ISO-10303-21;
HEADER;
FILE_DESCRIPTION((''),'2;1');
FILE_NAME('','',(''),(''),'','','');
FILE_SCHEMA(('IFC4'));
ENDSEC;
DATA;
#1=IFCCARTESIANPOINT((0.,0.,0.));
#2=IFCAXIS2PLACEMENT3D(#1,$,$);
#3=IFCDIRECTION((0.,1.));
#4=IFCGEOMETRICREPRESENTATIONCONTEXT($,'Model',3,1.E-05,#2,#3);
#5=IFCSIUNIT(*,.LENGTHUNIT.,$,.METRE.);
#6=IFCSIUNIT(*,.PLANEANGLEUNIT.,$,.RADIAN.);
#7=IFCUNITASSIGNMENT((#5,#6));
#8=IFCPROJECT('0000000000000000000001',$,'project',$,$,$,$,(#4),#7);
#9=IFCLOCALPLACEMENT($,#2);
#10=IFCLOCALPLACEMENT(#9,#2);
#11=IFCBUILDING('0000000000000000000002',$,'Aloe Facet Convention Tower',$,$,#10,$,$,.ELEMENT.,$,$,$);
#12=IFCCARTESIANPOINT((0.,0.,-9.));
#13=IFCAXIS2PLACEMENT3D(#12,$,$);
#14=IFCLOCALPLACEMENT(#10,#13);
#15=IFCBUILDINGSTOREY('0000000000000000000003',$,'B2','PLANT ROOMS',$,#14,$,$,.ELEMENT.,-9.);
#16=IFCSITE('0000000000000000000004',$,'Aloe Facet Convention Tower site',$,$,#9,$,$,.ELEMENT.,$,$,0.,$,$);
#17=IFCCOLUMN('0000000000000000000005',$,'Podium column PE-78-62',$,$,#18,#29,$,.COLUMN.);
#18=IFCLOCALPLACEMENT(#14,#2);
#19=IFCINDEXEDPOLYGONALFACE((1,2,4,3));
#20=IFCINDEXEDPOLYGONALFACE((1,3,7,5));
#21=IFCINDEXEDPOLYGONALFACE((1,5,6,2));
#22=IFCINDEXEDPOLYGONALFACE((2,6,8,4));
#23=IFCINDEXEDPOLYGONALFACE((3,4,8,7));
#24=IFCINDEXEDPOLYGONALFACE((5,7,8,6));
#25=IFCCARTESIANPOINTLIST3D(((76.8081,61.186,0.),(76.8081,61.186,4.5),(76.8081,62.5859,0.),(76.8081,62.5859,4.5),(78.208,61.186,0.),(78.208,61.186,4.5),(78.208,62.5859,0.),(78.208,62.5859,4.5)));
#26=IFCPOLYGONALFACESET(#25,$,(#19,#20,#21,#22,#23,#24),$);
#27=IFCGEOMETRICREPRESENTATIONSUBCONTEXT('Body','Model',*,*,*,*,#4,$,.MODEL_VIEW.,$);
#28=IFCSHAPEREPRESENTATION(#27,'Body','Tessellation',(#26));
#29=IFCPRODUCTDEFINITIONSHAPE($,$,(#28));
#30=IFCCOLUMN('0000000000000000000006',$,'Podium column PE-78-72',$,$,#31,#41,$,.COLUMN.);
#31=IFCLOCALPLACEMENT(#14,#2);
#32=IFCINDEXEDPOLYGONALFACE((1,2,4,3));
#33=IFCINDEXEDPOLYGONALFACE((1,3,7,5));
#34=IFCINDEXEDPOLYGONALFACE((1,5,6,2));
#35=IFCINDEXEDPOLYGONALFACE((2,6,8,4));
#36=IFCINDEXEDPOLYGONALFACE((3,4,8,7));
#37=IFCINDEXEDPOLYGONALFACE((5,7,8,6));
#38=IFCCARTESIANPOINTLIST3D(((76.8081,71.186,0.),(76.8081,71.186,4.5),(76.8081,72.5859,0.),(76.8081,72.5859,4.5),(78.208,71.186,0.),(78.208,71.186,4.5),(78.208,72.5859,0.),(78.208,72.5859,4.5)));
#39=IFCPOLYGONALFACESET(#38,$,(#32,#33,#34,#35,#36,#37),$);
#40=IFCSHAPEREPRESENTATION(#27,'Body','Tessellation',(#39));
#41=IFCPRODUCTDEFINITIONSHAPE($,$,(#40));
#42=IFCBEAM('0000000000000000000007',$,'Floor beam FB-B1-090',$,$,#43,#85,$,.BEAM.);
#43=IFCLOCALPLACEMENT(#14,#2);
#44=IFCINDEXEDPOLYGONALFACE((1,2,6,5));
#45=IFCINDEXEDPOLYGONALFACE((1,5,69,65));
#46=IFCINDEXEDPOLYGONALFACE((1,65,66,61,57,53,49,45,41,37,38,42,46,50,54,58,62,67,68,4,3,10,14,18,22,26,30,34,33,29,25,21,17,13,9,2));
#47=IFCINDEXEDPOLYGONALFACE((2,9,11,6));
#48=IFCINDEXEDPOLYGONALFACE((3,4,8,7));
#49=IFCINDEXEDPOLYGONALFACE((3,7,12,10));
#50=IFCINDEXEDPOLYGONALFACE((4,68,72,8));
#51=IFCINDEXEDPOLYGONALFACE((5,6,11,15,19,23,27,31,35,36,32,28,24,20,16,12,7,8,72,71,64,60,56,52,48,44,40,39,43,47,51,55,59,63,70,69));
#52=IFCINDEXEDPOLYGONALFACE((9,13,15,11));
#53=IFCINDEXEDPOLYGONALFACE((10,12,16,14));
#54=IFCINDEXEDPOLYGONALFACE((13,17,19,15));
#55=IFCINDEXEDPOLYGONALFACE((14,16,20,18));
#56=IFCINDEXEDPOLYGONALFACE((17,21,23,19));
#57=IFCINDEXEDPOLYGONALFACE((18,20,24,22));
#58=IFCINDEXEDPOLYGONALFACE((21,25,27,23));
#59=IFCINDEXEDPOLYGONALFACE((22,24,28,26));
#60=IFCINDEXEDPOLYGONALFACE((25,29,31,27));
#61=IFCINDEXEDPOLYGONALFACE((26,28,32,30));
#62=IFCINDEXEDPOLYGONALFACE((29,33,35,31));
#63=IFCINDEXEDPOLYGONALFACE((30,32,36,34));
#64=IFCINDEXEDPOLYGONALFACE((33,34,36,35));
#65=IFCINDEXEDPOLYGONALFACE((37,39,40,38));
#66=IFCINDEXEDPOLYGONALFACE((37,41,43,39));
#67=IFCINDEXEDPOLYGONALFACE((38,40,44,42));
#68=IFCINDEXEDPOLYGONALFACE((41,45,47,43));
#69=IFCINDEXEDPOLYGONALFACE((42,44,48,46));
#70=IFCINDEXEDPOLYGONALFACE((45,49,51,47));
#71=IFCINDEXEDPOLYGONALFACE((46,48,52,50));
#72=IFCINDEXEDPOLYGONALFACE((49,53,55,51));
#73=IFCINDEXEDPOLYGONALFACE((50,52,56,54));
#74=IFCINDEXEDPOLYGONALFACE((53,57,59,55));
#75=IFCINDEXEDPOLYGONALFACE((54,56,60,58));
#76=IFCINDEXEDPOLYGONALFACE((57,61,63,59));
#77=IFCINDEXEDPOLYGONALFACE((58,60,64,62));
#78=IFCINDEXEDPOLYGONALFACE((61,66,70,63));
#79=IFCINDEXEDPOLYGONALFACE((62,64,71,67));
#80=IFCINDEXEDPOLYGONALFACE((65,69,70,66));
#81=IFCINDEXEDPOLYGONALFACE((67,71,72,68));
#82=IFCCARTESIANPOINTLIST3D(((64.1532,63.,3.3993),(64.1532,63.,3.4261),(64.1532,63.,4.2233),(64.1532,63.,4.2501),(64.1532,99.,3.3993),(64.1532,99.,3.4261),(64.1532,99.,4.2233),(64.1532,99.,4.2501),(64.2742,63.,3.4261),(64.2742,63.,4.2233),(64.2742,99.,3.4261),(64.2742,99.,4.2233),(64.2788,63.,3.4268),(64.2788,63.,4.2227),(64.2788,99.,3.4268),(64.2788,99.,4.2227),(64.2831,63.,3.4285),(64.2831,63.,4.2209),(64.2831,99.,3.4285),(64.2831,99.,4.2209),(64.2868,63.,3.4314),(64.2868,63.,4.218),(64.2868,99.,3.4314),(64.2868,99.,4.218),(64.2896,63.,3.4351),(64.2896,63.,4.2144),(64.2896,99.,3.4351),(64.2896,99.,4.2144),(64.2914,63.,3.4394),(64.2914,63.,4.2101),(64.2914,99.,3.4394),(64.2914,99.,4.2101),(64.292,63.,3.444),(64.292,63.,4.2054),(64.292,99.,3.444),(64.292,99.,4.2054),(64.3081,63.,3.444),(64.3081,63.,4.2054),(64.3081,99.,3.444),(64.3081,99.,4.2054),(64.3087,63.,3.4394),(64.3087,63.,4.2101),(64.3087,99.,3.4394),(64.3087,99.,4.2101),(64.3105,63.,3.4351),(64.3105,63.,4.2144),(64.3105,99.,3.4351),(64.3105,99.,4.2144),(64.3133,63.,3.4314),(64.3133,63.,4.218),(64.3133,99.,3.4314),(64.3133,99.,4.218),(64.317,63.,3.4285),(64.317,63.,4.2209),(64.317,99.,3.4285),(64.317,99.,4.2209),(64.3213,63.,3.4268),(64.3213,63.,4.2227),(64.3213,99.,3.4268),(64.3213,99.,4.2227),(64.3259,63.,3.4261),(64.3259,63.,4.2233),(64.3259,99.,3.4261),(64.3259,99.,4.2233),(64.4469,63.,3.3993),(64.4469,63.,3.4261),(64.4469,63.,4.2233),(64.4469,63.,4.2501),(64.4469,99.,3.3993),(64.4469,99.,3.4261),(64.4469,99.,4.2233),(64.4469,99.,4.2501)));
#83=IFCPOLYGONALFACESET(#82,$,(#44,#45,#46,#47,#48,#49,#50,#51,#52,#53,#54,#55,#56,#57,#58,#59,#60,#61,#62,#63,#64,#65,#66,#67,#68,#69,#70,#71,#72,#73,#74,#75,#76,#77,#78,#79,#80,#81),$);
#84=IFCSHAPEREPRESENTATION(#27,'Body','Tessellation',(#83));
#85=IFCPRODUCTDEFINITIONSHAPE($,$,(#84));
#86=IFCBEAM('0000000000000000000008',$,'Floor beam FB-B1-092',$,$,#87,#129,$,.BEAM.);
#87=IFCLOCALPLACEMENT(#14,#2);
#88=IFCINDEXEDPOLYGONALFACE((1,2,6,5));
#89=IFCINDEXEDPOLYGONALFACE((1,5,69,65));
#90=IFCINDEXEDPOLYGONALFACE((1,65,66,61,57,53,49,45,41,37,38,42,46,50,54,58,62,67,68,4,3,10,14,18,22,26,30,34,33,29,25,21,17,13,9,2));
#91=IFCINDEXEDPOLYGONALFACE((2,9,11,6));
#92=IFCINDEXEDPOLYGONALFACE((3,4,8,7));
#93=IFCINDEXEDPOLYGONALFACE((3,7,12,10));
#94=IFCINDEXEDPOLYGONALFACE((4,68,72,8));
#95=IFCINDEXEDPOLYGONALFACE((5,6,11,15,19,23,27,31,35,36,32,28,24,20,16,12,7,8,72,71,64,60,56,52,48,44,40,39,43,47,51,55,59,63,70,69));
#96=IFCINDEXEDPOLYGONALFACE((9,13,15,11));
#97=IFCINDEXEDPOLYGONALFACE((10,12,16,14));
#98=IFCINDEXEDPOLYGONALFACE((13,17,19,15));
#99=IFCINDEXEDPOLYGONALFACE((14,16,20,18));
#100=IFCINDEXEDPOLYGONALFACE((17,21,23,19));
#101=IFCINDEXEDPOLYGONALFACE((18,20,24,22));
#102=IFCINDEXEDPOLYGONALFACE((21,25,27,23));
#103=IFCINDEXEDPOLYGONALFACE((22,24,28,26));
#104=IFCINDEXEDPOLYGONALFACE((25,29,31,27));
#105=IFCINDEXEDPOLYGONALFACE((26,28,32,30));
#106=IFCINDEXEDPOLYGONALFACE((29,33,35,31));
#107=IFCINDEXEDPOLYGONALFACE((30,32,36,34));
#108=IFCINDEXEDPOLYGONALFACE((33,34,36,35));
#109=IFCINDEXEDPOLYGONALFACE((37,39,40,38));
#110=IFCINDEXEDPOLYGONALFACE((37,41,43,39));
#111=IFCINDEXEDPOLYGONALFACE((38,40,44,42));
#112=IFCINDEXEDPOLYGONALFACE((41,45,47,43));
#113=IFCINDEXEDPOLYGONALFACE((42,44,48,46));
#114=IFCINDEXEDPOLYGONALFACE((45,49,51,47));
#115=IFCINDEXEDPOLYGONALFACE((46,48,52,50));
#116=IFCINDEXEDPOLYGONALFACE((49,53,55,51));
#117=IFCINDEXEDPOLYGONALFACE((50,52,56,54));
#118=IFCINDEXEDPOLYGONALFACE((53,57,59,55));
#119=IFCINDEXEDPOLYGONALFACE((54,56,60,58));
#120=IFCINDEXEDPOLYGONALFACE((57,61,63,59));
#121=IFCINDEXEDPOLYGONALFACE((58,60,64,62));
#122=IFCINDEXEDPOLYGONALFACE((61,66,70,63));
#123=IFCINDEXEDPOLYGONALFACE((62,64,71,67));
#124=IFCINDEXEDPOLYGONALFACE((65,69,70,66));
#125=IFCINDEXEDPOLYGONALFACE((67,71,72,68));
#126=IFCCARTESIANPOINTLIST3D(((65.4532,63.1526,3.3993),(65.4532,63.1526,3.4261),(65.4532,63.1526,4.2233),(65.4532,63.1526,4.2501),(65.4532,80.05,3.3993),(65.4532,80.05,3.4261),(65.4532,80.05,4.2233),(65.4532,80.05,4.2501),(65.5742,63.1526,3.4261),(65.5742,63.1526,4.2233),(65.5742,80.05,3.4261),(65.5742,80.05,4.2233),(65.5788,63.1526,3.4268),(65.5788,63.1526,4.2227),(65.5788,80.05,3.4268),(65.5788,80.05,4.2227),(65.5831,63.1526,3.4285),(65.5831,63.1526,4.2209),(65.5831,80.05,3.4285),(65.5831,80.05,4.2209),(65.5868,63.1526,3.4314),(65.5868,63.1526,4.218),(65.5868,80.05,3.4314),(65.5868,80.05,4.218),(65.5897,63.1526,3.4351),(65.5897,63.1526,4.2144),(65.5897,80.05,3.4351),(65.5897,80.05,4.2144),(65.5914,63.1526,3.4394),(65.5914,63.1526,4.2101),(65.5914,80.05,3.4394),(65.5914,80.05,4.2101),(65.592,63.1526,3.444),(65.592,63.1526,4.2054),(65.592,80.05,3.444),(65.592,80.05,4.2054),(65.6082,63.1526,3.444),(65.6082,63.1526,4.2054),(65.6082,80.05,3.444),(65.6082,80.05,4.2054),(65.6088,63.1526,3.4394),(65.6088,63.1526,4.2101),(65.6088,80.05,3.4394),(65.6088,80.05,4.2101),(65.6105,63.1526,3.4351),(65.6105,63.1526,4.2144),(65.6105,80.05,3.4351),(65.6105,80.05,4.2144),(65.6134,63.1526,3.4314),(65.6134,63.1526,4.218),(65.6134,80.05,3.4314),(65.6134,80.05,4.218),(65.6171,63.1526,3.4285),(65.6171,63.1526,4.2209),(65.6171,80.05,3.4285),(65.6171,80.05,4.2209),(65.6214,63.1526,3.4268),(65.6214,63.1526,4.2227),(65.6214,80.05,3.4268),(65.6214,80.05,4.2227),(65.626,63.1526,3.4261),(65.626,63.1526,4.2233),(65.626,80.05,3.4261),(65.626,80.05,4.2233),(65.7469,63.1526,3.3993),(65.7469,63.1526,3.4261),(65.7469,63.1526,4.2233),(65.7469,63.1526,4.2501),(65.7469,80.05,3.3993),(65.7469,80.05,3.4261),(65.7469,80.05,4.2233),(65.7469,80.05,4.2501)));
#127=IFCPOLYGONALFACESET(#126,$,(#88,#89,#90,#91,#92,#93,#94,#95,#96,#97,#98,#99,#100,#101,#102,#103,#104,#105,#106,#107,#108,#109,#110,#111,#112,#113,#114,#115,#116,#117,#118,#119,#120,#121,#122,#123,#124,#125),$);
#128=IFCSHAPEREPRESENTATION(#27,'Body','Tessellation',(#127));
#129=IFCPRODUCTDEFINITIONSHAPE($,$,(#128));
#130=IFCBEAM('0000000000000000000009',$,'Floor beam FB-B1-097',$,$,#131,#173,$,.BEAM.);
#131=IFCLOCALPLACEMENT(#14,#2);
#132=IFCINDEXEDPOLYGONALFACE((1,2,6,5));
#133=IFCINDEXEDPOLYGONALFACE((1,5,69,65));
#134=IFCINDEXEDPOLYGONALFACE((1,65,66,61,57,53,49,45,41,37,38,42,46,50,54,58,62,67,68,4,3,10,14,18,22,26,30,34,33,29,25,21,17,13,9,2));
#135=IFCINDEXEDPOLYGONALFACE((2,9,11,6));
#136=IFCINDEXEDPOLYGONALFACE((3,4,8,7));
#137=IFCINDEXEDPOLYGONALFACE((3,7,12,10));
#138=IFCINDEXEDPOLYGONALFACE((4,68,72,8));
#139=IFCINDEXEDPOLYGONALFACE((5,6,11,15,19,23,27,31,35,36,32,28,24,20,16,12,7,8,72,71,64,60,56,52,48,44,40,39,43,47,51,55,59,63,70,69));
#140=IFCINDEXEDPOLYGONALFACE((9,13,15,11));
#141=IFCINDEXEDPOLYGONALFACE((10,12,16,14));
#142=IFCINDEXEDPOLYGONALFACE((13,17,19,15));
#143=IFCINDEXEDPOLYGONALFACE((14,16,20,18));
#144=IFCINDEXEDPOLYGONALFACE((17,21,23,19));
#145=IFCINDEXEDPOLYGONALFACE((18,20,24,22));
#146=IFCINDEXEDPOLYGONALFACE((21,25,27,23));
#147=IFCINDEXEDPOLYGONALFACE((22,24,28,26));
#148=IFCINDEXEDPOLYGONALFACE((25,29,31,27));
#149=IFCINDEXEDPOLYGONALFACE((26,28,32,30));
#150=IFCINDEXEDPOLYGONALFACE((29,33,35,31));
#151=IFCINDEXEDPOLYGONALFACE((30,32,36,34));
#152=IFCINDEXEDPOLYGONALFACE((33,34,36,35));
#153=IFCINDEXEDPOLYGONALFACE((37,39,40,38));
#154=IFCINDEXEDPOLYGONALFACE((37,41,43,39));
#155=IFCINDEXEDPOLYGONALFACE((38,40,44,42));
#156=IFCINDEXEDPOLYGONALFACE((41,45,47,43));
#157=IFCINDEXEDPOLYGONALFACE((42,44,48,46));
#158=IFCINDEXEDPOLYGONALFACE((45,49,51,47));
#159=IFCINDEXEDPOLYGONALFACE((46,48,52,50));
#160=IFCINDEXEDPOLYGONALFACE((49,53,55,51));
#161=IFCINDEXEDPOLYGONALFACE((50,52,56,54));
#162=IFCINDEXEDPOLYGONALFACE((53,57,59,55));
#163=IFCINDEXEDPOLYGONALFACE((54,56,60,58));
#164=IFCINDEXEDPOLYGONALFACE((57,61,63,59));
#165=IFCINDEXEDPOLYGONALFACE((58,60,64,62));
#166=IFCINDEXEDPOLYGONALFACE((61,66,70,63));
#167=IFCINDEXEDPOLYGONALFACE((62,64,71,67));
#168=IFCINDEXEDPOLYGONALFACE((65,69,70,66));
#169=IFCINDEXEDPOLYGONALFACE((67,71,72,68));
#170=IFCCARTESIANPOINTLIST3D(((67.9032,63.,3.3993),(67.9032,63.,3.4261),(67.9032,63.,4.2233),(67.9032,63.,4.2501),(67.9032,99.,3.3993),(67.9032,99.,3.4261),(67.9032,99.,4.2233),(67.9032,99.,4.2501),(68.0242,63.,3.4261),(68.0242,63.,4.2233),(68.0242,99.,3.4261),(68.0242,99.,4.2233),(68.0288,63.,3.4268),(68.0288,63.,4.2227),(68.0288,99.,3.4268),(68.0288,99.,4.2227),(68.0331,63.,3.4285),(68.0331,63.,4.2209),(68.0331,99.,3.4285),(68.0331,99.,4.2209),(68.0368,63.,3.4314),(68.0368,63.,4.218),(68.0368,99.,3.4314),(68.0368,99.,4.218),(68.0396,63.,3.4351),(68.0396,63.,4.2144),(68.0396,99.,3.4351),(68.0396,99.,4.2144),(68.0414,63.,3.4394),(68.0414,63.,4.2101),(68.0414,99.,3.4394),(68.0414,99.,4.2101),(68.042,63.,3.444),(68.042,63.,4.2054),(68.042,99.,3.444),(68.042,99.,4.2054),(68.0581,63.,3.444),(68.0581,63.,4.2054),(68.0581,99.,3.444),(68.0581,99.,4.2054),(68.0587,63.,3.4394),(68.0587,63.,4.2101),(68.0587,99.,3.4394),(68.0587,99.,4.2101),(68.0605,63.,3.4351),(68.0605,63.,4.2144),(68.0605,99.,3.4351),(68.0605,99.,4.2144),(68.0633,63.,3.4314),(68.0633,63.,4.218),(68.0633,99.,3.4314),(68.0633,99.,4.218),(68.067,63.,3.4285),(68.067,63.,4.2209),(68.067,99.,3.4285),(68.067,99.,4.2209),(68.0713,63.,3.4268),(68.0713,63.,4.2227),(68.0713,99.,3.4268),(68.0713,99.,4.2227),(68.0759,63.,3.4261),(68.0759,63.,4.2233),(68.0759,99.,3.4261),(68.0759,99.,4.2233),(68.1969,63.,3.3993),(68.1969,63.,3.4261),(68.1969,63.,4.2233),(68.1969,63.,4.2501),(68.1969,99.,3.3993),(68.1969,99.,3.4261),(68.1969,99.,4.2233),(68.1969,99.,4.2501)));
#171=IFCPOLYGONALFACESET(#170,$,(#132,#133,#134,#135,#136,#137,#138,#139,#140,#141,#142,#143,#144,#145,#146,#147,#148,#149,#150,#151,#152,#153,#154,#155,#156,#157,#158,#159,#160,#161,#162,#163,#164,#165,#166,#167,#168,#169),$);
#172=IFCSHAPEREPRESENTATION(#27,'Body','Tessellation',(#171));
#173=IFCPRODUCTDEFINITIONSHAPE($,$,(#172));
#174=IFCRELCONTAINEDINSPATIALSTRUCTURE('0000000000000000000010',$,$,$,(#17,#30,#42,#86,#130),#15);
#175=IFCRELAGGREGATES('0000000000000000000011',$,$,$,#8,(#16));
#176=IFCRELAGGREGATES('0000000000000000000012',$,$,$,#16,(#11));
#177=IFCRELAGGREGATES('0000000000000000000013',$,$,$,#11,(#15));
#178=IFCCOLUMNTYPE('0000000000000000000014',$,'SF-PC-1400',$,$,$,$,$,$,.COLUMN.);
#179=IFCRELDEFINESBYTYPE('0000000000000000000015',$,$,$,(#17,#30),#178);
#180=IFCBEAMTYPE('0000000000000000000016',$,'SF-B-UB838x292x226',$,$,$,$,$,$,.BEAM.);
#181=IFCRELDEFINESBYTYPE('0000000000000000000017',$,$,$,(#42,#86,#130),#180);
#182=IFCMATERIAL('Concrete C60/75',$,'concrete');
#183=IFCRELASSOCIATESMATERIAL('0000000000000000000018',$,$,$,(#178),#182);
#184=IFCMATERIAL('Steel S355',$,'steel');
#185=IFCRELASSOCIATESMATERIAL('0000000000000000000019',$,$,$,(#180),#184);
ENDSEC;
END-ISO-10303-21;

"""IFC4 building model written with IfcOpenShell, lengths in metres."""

from ifc_helpers import new_model, si_unit, direction, frame, origin, origin_2d, place, context, subcontext, project, spatial, rectangle, i_section, extrude, material, material_profile, profile_set, type_object, element, save


model = new_model("IFC4")

# Units and contexts
model_context = context("Model", 3, precision=1e-05, world=origin(), true_north=direction((0.0, 1.0)))
body_context = subcontext(model_context, "Body", "Model", "MODEL_VIEW")
ifc_project = project(units=[si_unit("LENGTHUNIT", "METRE"), si_unit("PLANEANGLEUNIT", "RADIAN")], contexts=[model_context])

# Site, building, storey
site_placement = place(None, origin())
site = spatial("IfcSite", under=ifc_project, at=site_placement, Name="Aloe Facet Convention Tower site", CompositionType="ELEMENT", RefElevation=0.0)
building_placement = place(site_placement, origin())
building = spatial("IfcBuilding", under=site, at=building_placement, Name="Aloe Facet Convention Tower", CompositionType="ELEMENT")
storey_placement = place(building_placement, frame((0.0, 0.0, -9.0)))
storey = spatial("IfcBuildingStorey", under=building, at=storey_placement, Name="B2", Description="PLANT ROOMS", CompositionType="ELEMENT", Elevation=-9.0)

# Columns
ifc_material_1 = material(Name="Concrete C60/75", Category="concrete")
ifc_material_profile_1 = material_profile(ifc_material_1, rectangle(XDim=1.3999, YDim=1.3999, at=origin_2d()), Name="SF-PC-1400")
ifc_profile_set_1 = profile_set([ifc_material_profile_1], Name="Concrete C60/75")
column_type = type_object("IfcColumnType", Name="SF-PC-1400", PredefinedType="COLUMN", material=ifc_profile_set_1)
for number, where, z_axis, x_axis, name in (
    (1, (77.5081, 61.886, 0.0), (0.0, 0.0, 1.0), (1.0, 0.0, 0.0), "Podium column PE-78-62"),
    (2, (77.5081, 71.886, 0.0), (0.0, 0.0, 1.0), (1.0, 0.0, 0.0), "Podium column PE-78-72"),
):
    element("IfcColumn", number, at=place(storey_placement, frame(where, z_axis=z_axis, x_axis=x_axis)), inside=storey, type_object=column_type, Name=name, PredefinedType="COLUMN", context=body_context, shape_type="SweptSolid", body=[
        extrude(rectangle(XDim=1.3999, YDim=1.3999, at=origin_2d()), origin(), (0.0, 0.0, 1.0), 4.5),
    ])

# Beams
ifc_material_2 = material(Name="Steel S355", Category="steel")
ifc_material_profile_2 = material_profile(ifc_material_2, i_section(OverallWidth=0.2937, OverallDepth=0.8508, WebThickness=0.0161, FlangeThickness=0.0269, FilletRadius=0.0178, at=origin_2d()), Name="UB 838x292x226")
ifc_profile_set_2 = profile_set([ifc_material_profile_2], Name="Steel S355")
beam_type = type_object("IfcBeamType", Name="SF-B-UB838x292x226", PredefinedType="BEAM", material=ifc_profile_set_2)
beam_1_placement = place(storey_placement, frame((64.3, 63.0, 3.8247), z_axis=(0.0, 1.0, 0.0), x_axis=(-1.0, 0.0, 0.0)))
element("IfcBeam", 3, at=beam_1_placement, inside=storey, type_object=beam_type, Name="Floor beam FB-B1-090", PredefinedType="BEAM", context=body_context, shape_type="SweptSolid", body=[
    extrude(i_section(OverallWidth=0.2937, OverallDepth=0.8508, WebThickness=0.0161, FlangeThickness=0.0269, FilletRadius=0.0178, at=origin_2d()), origin(), (0.0, 0.0, 1.0), 36.0),
])
beam_2_placement = place(storey_placement, frame((65.6001, 63.1526, 3.8247), z_axis=(0.0, 1.0, 0.0), x_axis=(-1.0, 0.0, 0.0)))
element("IfcBeam", 4, at=beam_2_placement, inside=storey, type_object=beam_type, Name="Floor beam FB-B1-092", PredefinedType="BEAM", context=body_context, shape_type="SweptSolid", body=[
    extrude(i_section(OverallWidth=0.2937, OverallDepth=0.8508, WebThickness=0.0161, FlangeThickness=0.0269, FilletRadius=0.0178, at=origin_2d()), origin(), (0.0, 0.0, 1.0), 16.8975),
])
beam_3_placement = place(storey_placement, frame((68.05, 63.0, 3.8247), z_axis=(0.0, 1.0, 0.0), x_axis=(-1.0, 0.0, 0.0)))
element("IfcBeam", 5, at=beam_3_placement, inside=storey, type_object=beam_type, Name="Floor beam FB-B1-097", PredefinedType="BEAM", context=body_context, shape_type="SweptSolid", body=[
    extrude(i_section(OverallWidth=0.2937, OverallDepth=0.8508, WebThickness=0.0161, FlangeThickness=0.0269, FilletRadius=0.0178, at=origin_2d()), origin(), (0.0, 0.0, 1.0), 36.0),
])

save(model, "model.ifc")
